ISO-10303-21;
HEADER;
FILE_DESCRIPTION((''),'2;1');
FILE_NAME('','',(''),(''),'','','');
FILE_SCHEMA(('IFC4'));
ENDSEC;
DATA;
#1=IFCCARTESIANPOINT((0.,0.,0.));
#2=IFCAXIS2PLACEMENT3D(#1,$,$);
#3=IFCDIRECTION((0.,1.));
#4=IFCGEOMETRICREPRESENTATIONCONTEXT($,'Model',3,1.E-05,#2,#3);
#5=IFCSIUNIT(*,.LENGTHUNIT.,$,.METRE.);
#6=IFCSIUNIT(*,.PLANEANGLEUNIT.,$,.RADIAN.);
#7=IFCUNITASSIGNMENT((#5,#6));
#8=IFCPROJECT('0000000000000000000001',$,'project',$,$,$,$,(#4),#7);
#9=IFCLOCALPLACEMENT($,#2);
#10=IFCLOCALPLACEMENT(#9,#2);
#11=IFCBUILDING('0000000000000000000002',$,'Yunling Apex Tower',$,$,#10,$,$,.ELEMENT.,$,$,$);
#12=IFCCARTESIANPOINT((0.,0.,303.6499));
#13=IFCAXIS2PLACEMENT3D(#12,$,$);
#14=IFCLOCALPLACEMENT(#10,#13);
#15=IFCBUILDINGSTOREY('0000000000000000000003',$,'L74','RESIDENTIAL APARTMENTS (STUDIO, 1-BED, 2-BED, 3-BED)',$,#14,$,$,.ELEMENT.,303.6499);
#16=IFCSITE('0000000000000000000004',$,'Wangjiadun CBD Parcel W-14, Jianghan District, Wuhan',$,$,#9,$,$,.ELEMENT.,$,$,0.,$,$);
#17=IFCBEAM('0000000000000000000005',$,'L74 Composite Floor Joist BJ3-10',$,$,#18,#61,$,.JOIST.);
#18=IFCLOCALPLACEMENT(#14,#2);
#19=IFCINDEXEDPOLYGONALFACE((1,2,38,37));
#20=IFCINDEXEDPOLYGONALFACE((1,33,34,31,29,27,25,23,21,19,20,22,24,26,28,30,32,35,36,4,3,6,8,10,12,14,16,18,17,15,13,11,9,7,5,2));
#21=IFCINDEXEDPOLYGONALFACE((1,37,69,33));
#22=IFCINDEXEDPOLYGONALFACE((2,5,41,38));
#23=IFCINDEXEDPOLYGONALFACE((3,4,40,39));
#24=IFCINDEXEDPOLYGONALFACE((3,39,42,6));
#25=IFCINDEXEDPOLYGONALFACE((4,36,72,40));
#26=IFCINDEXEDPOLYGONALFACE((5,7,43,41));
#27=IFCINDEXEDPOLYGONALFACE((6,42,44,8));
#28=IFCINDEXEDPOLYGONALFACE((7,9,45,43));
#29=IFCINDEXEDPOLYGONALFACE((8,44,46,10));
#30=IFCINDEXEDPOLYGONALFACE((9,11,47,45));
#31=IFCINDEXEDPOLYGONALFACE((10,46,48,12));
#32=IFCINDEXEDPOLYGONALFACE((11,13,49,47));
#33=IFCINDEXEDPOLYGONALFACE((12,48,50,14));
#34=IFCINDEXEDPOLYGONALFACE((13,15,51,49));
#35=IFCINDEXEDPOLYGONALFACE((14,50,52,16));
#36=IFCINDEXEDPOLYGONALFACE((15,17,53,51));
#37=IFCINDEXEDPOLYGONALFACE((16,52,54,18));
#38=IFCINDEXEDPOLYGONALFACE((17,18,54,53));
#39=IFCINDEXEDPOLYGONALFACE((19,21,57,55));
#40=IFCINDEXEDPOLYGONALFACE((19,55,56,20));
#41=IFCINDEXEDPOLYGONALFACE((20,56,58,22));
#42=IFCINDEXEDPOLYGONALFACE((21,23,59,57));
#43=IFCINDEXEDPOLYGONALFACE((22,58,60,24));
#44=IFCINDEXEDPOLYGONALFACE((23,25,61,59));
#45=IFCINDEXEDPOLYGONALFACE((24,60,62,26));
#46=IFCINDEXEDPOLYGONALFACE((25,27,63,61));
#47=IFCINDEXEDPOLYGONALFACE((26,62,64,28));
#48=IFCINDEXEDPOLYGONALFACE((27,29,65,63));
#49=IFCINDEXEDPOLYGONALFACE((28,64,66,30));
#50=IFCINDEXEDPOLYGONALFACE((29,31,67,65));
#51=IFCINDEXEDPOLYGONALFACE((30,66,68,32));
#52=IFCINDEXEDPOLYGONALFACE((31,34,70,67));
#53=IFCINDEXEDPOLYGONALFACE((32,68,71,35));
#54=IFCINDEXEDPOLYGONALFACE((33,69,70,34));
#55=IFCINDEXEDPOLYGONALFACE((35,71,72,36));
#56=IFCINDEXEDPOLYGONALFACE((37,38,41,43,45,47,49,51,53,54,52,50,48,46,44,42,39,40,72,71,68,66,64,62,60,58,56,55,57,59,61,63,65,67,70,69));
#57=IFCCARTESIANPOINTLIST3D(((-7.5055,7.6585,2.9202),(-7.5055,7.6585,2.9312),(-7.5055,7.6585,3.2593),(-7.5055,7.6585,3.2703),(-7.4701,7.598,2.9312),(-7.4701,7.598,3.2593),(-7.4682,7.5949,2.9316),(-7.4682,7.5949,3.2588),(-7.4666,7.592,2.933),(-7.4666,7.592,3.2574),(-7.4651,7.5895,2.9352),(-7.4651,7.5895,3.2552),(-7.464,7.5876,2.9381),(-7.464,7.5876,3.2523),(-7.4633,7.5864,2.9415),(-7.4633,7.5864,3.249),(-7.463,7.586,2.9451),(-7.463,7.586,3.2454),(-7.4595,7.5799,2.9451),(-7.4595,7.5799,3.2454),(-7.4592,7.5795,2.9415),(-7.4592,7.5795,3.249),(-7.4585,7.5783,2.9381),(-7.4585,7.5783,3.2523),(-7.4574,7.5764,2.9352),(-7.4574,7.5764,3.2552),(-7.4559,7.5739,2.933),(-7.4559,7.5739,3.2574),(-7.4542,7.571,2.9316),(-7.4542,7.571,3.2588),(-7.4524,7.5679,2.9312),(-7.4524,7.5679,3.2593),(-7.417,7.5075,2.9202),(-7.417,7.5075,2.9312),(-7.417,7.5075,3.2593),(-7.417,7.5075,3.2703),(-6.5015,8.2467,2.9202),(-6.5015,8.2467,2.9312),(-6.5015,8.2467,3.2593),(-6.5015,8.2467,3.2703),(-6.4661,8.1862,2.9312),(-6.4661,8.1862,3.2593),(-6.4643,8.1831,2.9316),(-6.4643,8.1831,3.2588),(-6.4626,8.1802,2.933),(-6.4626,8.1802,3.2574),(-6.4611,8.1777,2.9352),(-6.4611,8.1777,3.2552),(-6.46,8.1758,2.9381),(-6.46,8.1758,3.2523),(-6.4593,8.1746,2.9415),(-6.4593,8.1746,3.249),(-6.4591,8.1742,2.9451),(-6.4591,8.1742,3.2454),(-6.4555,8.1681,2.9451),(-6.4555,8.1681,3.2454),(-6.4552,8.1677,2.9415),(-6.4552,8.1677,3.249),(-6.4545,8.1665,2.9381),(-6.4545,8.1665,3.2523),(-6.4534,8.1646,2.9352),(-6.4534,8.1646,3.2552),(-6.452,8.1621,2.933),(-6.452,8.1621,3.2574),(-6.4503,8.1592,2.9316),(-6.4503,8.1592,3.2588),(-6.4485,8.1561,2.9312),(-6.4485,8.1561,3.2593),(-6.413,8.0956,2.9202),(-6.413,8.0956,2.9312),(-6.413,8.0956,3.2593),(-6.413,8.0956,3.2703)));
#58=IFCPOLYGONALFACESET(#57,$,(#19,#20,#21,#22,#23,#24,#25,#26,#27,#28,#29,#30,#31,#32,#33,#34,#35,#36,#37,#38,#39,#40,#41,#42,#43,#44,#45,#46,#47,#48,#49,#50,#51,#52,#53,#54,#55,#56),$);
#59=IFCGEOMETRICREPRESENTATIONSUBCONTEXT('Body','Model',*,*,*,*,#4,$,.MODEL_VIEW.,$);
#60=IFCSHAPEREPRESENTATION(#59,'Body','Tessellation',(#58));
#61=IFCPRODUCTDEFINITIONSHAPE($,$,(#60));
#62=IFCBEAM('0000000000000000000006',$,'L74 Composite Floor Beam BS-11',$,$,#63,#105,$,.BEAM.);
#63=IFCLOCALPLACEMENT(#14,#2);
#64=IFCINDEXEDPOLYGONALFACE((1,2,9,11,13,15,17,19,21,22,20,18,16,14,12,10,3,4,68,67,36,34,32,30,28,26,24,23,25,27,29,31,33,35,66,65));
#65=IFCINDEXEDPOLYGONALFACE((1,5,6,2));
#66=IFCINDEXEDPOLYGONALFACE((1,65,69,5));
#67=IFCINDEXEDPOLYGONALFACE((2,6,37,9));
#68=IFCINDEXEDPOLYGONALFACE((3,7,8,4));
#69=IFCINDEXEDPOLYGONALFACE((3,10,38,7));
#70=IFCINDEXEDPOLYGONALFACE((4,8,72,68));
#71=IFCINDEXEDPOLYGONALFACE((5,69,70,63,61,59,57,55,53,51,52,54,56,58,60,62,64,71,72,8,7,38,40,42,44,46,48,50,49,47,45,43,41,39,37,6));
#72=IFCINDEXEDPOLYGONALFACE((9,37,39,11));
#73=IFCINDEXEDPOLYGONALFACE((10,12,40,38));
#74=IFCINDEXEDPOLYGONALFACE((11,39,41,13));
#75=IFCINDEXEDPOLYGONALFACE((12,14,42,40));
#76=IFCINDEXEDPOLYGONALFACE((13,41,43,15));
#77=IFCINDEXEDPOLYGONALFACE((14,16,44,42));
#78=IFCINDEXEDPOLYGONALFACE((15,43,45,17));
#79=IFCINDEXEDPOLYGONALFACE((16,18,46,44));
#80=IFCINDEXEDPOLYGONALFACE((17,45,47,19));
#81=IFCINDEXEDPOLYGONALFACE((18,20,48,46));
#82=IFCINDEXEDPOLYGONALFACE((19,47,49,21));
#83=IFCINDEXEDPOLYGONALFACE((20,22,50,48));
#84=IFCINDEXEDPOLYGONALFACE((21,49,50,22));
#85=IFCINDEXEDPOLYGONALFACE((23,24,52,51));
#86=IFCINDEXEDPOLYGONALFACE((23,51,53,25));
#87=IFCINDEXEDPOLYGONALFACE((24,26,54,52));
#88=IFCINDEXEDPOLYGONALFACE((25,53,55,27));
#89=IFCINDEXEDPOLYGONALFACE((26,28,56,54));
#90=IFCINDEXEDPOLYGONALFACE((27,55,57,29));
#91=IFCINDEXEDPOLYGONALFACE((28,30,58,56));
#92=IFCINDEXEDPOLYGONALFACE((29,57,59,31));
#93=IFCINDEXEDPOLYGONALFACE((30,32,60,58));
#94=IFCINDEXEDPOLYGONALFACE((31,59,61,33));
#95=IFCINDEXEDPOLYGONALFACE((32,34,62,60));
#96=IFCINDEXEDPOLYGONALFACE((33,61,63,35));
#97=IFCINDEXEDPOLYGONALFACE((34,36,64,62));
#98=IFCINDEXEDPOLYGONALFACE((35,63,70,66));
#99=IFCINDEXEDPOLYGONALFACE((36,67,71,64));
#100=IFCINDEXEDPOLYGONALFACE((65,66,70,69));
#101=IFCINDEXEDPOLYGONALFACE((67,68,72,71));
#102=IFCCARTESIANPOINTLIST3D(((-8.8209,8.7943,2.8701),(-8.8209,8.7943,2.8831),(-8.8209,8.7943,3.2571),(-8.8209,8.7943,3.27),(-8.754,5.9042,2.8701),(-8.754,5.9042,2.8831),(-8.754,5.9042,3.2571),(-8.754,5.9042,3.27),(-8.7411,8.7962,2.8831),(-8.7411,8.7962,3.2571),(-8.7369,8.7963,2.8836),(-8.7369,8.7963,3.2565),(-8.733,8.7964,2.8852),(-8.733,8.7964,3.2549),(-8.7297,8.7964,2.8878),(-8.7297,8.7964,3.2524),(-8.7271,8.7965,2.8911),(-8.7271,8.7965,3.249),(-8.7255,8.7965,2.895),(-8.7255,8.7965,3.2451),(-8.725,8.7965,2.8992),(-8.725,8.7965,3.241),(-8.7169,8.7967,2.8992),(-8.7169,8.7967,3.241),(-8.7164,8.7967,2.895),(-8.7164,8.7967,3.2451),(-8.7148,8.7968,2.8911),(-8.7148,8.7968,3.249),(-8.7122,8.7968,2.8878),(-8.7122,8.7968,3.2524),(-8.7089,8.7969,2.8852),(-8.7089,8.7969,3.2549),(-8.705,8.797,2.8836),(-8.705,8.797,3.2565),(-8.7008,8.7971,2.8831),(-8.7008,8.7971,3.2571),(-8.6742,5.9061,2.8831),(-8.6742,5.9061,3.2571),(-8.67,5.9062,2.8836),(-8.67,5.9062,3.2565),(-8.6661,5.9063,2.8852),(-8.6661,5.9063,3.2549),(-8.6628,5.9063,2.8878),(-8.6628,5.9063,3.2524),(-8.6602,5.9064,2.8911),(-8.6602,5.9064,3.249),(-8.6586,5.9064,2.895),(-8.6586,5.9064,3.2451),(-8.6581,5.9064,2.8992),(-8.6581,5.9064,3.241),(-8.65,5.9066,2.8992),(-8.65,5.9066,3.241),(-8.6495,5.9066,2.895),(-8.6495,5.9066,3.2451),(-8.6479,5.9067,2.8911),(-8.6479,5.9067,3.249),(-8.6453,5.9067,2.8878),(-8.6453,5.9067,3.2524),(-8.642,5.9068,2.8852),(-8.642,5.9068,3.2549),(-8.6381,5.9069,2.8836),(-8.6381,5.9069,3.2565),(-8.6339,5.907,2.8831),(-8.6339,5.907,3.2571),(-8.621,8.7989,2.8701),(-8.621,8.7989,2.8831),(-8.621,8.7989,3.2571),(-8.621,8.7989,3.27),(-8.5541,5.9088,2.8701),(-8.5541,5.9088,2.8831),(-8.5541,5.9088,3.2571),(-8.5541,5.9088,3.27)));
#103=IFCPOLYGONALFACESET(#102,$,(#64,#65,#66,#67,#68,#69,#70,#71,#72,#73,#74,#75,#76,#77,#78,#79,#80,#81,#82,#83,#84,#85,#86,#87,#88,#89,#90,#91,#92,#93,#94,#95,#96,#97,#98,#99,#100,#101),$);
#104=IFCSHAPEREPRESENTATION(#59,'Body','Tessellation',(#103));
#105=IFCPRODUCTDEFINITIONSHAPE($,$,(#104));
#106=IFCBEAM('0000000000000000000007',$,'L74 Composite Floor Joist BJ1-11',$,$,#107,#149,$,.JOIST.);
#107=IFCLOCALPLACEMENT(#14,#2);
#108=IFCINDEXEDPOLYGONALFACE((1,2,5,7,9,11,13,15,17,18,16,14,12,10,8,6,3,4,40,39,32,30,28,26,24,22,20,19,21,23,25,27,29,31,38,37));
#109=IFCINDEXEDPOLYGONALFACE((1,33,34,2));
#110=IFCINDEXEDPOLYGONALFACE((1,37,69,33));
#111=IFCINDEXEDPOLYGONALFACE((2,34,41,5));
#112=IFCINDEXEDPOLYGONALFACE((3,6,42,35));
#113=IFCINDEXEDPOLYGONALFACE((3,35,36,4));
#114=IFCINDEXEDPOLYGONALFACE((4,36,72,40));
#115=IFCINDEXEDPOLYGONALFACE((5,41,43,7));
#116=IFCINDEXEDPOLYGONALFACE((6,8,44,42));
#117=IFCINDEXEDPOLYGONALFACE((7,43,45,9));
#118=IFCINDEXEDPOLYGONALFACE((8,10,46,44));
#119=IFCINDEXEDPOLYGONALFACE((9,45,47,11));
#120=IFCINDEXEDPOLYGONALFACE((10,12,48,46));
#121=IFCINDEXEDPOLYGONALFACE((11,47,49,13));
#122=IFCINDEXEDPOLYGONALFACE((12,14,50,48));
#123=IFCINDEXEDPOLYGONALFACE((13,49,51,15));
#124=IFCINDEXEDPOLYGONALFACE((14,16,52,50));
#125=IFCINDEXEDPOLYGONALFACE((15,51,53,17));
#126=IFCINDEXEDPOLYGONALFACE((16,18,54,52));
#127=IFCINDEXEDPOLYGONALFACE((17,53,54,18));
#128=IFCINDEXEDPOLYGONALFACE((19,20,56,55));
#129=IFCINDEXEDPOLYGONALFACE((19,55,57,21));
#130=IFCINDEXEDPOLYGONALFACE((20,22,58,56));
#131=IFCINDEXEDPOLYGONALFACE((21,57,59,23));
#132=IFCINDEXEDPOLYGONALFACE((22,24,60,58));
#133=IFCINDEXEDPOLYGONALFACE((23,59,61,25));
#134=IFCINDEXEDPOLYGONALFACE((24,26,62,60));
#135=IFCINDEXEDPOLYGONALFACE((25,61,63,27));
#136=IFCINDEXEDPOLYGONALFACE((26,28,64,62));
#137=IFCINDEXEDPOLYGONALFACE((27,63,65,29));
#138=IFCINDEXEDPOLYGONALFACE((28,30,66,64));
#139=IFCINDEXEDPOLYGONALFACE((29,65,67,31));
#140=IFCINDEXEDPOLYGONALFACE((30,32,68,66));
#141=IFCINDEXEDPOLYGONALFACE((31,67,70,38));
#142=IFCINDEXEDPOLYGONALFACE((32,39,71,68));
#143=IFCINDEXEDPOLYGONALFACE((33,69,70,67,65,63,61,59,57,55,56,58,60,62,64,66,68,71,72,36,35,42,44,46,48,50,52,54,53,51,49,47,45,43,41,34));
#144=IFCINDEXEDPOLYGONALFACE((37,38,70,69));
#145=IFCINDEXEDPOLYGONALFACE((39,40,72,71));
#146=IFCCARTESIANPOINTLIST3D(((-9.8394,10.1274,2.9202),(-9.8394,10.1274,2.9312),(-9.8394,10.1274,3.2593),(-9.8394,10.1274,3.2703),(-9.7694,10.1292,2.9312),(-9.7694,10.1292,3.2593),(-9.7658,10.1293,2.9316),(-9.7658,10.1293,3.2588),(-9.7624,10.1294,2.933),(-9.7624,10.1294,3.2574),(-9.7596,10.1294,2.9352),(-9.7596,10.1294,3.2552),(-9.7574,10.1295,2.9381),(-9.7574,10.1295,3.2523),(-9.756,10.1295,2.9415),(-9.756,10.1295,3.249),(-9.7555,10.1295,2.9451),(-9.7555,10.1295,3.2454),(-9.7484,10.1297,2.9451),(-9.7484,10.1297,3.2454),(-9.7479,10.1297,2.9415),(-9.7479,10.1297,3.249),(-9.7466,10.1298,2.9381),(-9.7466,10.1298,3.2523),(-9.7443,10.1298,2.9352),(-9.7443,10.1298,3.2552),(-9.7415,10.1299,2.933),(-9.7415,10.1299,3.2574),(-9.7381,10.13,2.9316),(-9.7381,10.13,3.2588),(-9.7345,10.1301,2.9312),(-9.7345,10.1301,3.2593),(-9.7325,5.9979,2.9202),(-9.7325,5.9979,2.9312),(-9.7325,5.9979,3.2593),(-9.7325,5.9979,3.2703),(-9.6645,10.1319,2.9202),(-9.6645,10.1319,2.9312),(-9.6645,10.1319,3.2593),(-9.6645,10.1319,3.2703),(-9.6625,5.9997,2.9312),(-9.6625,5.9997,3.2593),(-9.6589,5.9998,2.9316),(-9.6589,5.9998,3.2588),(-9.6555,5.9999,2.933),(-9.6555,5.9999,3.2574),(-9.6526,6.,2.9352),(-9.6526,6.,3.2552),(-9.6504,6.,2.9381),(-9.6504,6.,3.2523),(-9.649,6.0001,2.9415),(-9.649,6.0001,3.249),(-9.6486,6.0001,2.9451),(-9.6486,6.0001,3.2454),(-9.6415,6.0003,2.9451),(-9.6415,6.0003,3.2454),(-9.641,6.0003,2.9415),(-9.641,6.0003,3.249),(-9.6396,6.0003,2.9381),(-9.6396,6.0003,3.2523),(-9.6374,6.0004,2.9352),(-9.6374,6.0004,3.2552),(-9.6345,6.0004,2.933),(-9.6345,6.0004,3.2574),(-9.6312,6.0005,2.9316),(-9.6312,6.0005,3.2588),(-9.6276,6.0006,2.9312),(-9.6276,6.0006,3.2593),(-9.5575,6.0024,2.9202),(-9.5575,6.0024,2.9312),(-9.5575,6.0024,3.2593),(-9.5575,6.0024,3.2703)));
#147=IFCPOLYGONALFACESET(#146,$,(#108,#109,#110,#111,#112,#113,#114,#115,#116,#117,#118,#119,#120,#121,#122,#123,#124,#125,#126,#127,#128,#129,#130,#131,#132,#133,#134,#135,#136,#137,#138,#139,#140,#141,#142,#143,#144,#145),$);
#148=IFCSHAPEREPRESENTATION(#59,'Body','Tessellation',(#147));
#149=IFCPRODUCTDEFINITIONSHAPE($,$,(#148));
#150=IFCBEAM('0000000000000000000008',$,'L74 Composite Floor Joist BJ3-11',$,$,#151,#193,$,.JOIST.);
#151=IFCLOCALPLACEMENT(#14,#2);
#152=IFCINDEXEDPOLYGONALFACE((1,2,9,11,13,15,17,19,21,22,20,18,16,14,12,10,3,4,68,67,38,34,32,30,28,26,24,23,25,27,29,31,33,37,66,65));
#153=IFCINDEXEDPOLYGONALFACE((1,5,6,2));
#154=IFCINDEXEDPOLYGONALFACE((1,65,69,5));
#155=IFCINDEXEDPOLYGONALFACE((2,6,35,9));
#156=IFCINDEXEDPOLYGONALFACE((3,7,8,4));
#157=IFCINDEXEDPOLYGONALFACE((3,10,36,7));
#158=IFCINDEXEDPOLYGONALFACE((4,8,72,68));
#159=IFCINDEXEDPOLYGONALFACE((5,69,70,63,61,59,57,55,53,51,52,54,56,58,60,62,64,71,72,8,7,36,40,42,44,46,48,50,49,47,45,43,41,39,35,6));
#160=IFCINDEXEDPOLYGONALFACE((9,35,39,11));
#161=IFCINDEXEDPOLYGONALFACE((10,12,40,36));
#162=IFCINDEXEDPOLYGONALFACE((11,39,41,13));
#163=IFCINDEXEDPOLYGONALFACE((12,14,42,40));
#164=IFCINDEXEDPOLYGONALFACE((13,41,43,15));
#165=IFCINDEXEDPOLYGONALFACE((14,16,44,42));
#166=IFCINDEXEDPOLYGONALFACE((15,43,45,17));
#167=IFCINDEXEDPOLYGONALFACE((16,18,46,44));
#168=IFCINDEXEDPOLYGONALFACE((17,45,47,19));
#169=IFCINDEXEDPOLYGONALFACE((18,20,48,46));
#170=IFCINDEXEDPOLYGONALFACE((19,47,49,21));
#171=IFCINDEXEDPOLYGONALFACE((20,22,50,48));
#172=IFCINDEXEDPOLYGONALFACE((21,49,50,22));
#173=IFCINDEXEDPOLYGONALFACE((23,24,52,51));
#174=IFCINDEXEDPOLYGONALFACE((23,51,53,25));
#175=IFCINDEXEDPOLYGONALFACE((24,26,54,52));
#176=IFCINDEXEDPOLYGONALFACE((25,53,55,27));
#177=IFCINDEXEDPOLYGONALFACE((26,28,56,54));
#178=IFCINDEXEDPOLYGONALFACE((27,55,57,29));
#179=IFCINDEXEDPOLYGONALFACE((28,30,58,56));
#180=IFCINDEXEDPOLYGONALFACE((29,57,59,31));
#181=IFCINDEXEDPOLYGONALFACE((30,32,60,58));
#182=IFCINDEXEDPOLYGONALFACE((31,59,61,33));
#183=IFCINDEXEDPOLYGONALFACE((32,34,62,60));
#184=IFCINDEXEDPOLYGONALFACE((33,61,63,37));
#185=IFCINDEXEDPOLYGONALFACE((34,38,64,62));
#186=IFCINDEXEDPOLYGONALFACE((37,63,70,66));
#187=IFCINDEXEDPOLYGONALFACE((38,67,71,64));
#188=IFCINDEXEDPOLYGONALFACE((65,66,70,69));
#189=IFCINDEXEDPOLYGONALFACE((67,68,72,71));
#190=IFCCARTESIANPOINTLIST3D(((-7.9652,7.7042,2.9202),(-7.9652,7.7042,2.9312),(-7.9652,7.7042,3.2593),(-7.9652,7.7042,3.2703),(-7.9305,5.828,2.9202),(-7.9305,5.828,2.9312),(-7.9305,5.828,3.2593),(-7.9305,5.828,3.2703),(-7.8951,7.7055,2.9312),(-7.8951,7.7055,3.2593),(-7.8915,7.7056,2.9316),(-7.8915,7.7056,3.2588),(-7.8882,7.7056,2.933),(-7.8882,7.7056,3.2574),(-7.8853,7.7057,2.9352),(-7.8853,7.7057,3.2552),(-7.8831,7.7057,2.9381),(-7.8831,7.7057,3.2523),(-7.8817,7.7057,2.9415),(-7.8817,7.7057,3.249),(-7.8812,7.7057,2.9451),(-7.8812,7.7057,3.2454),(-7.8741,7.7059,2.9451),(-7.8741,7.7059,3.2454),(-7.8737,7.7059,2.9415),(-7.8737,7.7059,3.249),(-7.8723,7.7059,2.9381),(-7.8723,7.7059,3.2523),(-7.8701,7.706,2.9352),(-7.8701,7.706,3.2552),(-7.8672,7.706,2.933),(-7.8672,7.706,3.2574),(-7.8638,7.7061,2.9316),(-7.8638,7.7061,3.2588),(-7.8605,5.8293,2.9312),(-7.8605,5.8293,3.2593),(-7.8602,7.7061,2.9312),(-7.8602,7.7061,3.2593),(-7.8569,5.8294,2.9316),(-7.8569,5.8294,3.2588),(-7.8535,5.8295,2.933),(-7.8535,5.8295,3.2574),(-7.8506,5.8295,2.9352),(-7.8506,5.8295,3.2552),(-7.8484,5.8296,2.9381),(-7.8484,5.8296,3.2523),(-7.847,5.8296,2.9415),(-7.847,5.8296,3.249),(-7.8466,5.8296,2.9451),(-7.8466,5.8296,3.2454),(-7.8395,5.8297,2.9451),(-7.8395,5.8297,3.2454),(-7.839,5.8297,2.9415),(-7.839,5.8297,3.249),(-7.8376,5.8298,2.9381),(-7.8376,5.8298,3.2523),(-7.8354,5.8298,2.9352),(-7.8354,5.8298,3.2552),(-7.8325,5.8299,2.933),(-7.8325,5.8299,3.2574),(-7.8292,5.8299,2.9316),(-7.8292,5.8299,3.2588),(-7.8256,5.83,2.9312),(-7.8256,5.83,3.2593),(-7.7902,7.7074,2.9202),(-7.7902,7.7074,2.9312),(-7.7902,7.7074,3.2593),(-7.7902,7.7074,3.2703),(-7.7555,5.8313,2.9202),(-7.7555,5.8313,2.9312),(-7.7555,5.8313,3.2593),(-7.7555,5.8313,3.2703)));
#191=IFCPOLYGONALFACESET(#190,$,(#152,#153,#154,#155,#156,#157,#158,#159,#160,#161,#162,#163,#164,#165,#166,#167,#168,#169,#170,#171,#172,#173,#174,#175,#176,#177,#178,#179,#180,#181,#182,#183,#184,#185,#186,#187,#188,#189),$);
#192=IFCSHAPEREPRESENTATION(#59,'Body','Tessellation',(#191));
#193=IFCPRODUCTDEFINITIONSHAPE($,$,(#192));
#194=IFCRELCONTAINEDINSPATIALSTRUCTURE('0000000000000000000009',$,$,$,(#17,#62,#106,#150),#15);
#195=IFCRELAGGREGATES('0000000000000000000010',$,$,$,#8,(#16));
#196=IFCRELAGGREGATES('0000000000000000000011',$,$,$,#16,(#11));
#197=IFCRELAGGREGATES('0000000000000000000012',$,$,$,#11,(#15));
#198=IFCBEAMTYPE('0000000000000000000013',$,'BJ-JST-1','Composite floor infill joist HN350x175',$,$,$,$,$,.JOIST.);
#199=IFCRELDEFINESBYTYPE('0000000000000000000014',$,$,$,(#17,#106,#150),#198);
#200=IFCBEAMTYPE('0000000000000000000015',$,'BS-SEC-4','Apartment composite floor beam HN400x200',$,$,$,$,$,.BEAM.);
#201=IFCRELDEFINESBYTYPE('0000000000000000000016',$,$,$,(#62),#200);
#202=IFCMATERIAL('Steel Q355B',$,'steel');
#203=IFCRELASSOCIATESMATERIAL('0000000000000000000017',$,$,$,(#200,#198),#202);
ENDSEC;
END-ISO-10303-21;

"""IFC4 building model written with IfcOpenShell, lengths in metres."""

from ifc_helpers import new_model, si_unit, direction, frame, origin, origin_2d, place, context, subcontext, project, spatial, i_section, extrude, source, transform, mapped, material, material_profile, profile_set, type_object, element, save


model = new_model("IFC4")

# Units and contexts
model_context = context("Model", 3, precision=1e-05, world=origin(), true_north=direction((0.0, 1.0)))
body_context = subcontext(model_context, "Body", "Model", "MODEL_VIEW")
ifc_project = project(units=[si_unit("LENGTHUNIT", "METRE"), si_unit("PLANEANGLEUNIT", "RADIAN")], contexts=[model_context])

# Site, building, storey
site_placement = place(None, origin())
site = spatial("IfcSite", under=ifc_project, at=site_placement, Name="Wangjiadun CBD Parcel W-14, Jianghan District, Wuhan", CompositionType="ELEMENT", RefElevation=0.0)
building_placement = place(site_placement, origin())
building = spatial("IfcBuilding", under=site, at=building_placement, Name="Yunling Apex Tower", CompositionType="ELEMENT")
storey_placement = place(building_placement, frame((0.0, 0.0, 303.6499)))
storey = spatial("IfcBuildingStorey", under=building, at=storey_placement, Name="L74", Description="RESIDENTIAL APARTMENTS (STUDIO, 1-BED, 2-BED, 3-BED)", CompositionType="ELEMENT", Elevation=303.6499)

# Shared definitions
ifc_material_1 = material(Name="Steel Q355B", Category="steel")

# Beams
ifc_material_profile_1 = material_profile(ifc_material_1, i_section(OverallWidth=0.2, OverallDepth=0.3999, WebThickness=0.0081, FlangeThickness=0.0129, FilletRadius=0.0161, at=origin_2d()))
ifc_profile_set_1 = profile_set([ifc_material_profile_1], Name="Steel Q355B")
beam_type_1 = type_object("IfcBeamType", Name="BS-SEC-4", Description="Apartment composite floor beam HN400x200", PredefinedType="BEAM", material=ifc_profile_set_1)
ifc_material_profile_2 = material_profile(ifc_material_1, i_section(OverallWidth=0.175, OverallDepth=0.3501, WebThickness=0.0071, FlangeThickness=0.011, FilletRadius=0.0139, at=origin_2d()))
ifc_profile_set_2 = profile_set([ifc_material_profile_2], Name="Steel Q355B")
beam_type_2 = type_object("IfcBeamType", Name="BJ-JST-1", Description="Composite floor infill joist HN350x175", PredefinedType="JOIST", material=ifc_profile_set_2)
shared_shape_1 = source(origin(), body_context, "Body", "SweptSolid", [
    extrude(i_section(OverallWidth=0.175, OverallDepth=0.3501, WebThickness=0.0071, FlangeThickness=0.011, FilletRadius=0.0139, at=origin_2d()), origin(), (0.0, 0.0, 1.0), 1.1636),
])
beam_1_placement = place(storey_placement, frame((-6.4573, 8.1711, 3.0952), z_axis=(-0.862834, -0.505488, 0.0), x_axis=(0.505488, -0.862834, 0.0)))
element("IfcBeam", 1, at=beam_1_placement, inside=storey, type_object=beam_type_2, Name="L74 Composite Floor Joist BJ3-10", PredefinedType="JOIST", context=body_context, shape_type="MappedRepresentation", body=[
    mapped(shared_shape_1, transform((0.0, 0.0, 0.0), scale=1.0)),
])
shared_shape_2 = source(origin(), body_context, "Body", "SweptSolid", [
    extrude(i_section(OverallWidth=0.2, OverallDepth=0.3999, WebThickness=0.0081, FlangeThickness=0.0129, FilletRadius=0.0161, at=origin_2d()), origin(), (0.0, 0.0, 1.0), 2.8909),
])
beam_2_placement = place(storey_placement, frame((-8.7209, 8.7966, 3.0701), z_axis=(0.02314, -0.999732, 0.0), x_axis=(0.999732, 0.02314, 0.0)))
element("IfcBeam", 2, at=beam_2_placement, inside=storey, type_object=beam_type_1, Name="L74 Composite Floor Beam BS-11", PredefinedType="BEAM", context=body_context, shape_type="MappedRepresentation", body=[
    mapped(shared_shape_2, transform((0.0, 0.0, 0.0), scale=1.0)),
])
shared_shape_3 = source(origin(), body_context, "Body", "SweptSolid", [
    extrude(i_section(OverallWidth=0.175, OverallDepth=0.3501, WebThickness=0.0071, FlangeThickness=0.011, FilletRadius=0.0139, at=origin_2d()), origin(), (0.0, 0.0, 1.0), 4.1309),
])
beam_3_placement = place(storey_placement, frame((-9.752, 10.1296, 3.0952), z_axis=(0.025887, -0.999665, 0.0), x_axis=(0.999665, 0.025887, 0.0)))
element("IfcBeam", 3, at=beam_3_placement, inside=storey, type_object=beam_type_2, Name="L74 Composite Floor Joist BJ1-11", PredefinedType="JOIST", context=body_context, shape_type="MappedRepresentation", body=[
    mapped(shared_shape_3, transform((0.0, 0.0, 0.0), scale=1.0)),
])
shared_shape_4 = source(origin(), body_context, "Body", "SweptSolid", [
    extrude(i_section(OverallWidth=0.175, OverallDepth=0.3501, WebThickness=0.0071, FlangeThickness=0.011, FilletRadius=0.0139, at=origin_2d()), origin(), (0.0, 0.0, 1.0), 1.8765),
])
beam_4_placement = place(storey_placement, frame((-7.8777, 7.7058, 3.0952), z_axis=(0.018474, -0.999829, 0.0), x_axis=(0.999829, 0.018474, 0.0)))
element("IfcBeam", 4, at=beam_4_placement, inside=storey, type_object=beam_type_2, Name="L74 Composite Floor Joist BJ3-11", PredefinedType="JOIST", context=body_context, shape_type="MappedRepresentation", body=[
    mapped(shared_shape_4, transform((0.0, 0.0, 0.0), scale=1.0)),
])

save(model, "model.ifc")
